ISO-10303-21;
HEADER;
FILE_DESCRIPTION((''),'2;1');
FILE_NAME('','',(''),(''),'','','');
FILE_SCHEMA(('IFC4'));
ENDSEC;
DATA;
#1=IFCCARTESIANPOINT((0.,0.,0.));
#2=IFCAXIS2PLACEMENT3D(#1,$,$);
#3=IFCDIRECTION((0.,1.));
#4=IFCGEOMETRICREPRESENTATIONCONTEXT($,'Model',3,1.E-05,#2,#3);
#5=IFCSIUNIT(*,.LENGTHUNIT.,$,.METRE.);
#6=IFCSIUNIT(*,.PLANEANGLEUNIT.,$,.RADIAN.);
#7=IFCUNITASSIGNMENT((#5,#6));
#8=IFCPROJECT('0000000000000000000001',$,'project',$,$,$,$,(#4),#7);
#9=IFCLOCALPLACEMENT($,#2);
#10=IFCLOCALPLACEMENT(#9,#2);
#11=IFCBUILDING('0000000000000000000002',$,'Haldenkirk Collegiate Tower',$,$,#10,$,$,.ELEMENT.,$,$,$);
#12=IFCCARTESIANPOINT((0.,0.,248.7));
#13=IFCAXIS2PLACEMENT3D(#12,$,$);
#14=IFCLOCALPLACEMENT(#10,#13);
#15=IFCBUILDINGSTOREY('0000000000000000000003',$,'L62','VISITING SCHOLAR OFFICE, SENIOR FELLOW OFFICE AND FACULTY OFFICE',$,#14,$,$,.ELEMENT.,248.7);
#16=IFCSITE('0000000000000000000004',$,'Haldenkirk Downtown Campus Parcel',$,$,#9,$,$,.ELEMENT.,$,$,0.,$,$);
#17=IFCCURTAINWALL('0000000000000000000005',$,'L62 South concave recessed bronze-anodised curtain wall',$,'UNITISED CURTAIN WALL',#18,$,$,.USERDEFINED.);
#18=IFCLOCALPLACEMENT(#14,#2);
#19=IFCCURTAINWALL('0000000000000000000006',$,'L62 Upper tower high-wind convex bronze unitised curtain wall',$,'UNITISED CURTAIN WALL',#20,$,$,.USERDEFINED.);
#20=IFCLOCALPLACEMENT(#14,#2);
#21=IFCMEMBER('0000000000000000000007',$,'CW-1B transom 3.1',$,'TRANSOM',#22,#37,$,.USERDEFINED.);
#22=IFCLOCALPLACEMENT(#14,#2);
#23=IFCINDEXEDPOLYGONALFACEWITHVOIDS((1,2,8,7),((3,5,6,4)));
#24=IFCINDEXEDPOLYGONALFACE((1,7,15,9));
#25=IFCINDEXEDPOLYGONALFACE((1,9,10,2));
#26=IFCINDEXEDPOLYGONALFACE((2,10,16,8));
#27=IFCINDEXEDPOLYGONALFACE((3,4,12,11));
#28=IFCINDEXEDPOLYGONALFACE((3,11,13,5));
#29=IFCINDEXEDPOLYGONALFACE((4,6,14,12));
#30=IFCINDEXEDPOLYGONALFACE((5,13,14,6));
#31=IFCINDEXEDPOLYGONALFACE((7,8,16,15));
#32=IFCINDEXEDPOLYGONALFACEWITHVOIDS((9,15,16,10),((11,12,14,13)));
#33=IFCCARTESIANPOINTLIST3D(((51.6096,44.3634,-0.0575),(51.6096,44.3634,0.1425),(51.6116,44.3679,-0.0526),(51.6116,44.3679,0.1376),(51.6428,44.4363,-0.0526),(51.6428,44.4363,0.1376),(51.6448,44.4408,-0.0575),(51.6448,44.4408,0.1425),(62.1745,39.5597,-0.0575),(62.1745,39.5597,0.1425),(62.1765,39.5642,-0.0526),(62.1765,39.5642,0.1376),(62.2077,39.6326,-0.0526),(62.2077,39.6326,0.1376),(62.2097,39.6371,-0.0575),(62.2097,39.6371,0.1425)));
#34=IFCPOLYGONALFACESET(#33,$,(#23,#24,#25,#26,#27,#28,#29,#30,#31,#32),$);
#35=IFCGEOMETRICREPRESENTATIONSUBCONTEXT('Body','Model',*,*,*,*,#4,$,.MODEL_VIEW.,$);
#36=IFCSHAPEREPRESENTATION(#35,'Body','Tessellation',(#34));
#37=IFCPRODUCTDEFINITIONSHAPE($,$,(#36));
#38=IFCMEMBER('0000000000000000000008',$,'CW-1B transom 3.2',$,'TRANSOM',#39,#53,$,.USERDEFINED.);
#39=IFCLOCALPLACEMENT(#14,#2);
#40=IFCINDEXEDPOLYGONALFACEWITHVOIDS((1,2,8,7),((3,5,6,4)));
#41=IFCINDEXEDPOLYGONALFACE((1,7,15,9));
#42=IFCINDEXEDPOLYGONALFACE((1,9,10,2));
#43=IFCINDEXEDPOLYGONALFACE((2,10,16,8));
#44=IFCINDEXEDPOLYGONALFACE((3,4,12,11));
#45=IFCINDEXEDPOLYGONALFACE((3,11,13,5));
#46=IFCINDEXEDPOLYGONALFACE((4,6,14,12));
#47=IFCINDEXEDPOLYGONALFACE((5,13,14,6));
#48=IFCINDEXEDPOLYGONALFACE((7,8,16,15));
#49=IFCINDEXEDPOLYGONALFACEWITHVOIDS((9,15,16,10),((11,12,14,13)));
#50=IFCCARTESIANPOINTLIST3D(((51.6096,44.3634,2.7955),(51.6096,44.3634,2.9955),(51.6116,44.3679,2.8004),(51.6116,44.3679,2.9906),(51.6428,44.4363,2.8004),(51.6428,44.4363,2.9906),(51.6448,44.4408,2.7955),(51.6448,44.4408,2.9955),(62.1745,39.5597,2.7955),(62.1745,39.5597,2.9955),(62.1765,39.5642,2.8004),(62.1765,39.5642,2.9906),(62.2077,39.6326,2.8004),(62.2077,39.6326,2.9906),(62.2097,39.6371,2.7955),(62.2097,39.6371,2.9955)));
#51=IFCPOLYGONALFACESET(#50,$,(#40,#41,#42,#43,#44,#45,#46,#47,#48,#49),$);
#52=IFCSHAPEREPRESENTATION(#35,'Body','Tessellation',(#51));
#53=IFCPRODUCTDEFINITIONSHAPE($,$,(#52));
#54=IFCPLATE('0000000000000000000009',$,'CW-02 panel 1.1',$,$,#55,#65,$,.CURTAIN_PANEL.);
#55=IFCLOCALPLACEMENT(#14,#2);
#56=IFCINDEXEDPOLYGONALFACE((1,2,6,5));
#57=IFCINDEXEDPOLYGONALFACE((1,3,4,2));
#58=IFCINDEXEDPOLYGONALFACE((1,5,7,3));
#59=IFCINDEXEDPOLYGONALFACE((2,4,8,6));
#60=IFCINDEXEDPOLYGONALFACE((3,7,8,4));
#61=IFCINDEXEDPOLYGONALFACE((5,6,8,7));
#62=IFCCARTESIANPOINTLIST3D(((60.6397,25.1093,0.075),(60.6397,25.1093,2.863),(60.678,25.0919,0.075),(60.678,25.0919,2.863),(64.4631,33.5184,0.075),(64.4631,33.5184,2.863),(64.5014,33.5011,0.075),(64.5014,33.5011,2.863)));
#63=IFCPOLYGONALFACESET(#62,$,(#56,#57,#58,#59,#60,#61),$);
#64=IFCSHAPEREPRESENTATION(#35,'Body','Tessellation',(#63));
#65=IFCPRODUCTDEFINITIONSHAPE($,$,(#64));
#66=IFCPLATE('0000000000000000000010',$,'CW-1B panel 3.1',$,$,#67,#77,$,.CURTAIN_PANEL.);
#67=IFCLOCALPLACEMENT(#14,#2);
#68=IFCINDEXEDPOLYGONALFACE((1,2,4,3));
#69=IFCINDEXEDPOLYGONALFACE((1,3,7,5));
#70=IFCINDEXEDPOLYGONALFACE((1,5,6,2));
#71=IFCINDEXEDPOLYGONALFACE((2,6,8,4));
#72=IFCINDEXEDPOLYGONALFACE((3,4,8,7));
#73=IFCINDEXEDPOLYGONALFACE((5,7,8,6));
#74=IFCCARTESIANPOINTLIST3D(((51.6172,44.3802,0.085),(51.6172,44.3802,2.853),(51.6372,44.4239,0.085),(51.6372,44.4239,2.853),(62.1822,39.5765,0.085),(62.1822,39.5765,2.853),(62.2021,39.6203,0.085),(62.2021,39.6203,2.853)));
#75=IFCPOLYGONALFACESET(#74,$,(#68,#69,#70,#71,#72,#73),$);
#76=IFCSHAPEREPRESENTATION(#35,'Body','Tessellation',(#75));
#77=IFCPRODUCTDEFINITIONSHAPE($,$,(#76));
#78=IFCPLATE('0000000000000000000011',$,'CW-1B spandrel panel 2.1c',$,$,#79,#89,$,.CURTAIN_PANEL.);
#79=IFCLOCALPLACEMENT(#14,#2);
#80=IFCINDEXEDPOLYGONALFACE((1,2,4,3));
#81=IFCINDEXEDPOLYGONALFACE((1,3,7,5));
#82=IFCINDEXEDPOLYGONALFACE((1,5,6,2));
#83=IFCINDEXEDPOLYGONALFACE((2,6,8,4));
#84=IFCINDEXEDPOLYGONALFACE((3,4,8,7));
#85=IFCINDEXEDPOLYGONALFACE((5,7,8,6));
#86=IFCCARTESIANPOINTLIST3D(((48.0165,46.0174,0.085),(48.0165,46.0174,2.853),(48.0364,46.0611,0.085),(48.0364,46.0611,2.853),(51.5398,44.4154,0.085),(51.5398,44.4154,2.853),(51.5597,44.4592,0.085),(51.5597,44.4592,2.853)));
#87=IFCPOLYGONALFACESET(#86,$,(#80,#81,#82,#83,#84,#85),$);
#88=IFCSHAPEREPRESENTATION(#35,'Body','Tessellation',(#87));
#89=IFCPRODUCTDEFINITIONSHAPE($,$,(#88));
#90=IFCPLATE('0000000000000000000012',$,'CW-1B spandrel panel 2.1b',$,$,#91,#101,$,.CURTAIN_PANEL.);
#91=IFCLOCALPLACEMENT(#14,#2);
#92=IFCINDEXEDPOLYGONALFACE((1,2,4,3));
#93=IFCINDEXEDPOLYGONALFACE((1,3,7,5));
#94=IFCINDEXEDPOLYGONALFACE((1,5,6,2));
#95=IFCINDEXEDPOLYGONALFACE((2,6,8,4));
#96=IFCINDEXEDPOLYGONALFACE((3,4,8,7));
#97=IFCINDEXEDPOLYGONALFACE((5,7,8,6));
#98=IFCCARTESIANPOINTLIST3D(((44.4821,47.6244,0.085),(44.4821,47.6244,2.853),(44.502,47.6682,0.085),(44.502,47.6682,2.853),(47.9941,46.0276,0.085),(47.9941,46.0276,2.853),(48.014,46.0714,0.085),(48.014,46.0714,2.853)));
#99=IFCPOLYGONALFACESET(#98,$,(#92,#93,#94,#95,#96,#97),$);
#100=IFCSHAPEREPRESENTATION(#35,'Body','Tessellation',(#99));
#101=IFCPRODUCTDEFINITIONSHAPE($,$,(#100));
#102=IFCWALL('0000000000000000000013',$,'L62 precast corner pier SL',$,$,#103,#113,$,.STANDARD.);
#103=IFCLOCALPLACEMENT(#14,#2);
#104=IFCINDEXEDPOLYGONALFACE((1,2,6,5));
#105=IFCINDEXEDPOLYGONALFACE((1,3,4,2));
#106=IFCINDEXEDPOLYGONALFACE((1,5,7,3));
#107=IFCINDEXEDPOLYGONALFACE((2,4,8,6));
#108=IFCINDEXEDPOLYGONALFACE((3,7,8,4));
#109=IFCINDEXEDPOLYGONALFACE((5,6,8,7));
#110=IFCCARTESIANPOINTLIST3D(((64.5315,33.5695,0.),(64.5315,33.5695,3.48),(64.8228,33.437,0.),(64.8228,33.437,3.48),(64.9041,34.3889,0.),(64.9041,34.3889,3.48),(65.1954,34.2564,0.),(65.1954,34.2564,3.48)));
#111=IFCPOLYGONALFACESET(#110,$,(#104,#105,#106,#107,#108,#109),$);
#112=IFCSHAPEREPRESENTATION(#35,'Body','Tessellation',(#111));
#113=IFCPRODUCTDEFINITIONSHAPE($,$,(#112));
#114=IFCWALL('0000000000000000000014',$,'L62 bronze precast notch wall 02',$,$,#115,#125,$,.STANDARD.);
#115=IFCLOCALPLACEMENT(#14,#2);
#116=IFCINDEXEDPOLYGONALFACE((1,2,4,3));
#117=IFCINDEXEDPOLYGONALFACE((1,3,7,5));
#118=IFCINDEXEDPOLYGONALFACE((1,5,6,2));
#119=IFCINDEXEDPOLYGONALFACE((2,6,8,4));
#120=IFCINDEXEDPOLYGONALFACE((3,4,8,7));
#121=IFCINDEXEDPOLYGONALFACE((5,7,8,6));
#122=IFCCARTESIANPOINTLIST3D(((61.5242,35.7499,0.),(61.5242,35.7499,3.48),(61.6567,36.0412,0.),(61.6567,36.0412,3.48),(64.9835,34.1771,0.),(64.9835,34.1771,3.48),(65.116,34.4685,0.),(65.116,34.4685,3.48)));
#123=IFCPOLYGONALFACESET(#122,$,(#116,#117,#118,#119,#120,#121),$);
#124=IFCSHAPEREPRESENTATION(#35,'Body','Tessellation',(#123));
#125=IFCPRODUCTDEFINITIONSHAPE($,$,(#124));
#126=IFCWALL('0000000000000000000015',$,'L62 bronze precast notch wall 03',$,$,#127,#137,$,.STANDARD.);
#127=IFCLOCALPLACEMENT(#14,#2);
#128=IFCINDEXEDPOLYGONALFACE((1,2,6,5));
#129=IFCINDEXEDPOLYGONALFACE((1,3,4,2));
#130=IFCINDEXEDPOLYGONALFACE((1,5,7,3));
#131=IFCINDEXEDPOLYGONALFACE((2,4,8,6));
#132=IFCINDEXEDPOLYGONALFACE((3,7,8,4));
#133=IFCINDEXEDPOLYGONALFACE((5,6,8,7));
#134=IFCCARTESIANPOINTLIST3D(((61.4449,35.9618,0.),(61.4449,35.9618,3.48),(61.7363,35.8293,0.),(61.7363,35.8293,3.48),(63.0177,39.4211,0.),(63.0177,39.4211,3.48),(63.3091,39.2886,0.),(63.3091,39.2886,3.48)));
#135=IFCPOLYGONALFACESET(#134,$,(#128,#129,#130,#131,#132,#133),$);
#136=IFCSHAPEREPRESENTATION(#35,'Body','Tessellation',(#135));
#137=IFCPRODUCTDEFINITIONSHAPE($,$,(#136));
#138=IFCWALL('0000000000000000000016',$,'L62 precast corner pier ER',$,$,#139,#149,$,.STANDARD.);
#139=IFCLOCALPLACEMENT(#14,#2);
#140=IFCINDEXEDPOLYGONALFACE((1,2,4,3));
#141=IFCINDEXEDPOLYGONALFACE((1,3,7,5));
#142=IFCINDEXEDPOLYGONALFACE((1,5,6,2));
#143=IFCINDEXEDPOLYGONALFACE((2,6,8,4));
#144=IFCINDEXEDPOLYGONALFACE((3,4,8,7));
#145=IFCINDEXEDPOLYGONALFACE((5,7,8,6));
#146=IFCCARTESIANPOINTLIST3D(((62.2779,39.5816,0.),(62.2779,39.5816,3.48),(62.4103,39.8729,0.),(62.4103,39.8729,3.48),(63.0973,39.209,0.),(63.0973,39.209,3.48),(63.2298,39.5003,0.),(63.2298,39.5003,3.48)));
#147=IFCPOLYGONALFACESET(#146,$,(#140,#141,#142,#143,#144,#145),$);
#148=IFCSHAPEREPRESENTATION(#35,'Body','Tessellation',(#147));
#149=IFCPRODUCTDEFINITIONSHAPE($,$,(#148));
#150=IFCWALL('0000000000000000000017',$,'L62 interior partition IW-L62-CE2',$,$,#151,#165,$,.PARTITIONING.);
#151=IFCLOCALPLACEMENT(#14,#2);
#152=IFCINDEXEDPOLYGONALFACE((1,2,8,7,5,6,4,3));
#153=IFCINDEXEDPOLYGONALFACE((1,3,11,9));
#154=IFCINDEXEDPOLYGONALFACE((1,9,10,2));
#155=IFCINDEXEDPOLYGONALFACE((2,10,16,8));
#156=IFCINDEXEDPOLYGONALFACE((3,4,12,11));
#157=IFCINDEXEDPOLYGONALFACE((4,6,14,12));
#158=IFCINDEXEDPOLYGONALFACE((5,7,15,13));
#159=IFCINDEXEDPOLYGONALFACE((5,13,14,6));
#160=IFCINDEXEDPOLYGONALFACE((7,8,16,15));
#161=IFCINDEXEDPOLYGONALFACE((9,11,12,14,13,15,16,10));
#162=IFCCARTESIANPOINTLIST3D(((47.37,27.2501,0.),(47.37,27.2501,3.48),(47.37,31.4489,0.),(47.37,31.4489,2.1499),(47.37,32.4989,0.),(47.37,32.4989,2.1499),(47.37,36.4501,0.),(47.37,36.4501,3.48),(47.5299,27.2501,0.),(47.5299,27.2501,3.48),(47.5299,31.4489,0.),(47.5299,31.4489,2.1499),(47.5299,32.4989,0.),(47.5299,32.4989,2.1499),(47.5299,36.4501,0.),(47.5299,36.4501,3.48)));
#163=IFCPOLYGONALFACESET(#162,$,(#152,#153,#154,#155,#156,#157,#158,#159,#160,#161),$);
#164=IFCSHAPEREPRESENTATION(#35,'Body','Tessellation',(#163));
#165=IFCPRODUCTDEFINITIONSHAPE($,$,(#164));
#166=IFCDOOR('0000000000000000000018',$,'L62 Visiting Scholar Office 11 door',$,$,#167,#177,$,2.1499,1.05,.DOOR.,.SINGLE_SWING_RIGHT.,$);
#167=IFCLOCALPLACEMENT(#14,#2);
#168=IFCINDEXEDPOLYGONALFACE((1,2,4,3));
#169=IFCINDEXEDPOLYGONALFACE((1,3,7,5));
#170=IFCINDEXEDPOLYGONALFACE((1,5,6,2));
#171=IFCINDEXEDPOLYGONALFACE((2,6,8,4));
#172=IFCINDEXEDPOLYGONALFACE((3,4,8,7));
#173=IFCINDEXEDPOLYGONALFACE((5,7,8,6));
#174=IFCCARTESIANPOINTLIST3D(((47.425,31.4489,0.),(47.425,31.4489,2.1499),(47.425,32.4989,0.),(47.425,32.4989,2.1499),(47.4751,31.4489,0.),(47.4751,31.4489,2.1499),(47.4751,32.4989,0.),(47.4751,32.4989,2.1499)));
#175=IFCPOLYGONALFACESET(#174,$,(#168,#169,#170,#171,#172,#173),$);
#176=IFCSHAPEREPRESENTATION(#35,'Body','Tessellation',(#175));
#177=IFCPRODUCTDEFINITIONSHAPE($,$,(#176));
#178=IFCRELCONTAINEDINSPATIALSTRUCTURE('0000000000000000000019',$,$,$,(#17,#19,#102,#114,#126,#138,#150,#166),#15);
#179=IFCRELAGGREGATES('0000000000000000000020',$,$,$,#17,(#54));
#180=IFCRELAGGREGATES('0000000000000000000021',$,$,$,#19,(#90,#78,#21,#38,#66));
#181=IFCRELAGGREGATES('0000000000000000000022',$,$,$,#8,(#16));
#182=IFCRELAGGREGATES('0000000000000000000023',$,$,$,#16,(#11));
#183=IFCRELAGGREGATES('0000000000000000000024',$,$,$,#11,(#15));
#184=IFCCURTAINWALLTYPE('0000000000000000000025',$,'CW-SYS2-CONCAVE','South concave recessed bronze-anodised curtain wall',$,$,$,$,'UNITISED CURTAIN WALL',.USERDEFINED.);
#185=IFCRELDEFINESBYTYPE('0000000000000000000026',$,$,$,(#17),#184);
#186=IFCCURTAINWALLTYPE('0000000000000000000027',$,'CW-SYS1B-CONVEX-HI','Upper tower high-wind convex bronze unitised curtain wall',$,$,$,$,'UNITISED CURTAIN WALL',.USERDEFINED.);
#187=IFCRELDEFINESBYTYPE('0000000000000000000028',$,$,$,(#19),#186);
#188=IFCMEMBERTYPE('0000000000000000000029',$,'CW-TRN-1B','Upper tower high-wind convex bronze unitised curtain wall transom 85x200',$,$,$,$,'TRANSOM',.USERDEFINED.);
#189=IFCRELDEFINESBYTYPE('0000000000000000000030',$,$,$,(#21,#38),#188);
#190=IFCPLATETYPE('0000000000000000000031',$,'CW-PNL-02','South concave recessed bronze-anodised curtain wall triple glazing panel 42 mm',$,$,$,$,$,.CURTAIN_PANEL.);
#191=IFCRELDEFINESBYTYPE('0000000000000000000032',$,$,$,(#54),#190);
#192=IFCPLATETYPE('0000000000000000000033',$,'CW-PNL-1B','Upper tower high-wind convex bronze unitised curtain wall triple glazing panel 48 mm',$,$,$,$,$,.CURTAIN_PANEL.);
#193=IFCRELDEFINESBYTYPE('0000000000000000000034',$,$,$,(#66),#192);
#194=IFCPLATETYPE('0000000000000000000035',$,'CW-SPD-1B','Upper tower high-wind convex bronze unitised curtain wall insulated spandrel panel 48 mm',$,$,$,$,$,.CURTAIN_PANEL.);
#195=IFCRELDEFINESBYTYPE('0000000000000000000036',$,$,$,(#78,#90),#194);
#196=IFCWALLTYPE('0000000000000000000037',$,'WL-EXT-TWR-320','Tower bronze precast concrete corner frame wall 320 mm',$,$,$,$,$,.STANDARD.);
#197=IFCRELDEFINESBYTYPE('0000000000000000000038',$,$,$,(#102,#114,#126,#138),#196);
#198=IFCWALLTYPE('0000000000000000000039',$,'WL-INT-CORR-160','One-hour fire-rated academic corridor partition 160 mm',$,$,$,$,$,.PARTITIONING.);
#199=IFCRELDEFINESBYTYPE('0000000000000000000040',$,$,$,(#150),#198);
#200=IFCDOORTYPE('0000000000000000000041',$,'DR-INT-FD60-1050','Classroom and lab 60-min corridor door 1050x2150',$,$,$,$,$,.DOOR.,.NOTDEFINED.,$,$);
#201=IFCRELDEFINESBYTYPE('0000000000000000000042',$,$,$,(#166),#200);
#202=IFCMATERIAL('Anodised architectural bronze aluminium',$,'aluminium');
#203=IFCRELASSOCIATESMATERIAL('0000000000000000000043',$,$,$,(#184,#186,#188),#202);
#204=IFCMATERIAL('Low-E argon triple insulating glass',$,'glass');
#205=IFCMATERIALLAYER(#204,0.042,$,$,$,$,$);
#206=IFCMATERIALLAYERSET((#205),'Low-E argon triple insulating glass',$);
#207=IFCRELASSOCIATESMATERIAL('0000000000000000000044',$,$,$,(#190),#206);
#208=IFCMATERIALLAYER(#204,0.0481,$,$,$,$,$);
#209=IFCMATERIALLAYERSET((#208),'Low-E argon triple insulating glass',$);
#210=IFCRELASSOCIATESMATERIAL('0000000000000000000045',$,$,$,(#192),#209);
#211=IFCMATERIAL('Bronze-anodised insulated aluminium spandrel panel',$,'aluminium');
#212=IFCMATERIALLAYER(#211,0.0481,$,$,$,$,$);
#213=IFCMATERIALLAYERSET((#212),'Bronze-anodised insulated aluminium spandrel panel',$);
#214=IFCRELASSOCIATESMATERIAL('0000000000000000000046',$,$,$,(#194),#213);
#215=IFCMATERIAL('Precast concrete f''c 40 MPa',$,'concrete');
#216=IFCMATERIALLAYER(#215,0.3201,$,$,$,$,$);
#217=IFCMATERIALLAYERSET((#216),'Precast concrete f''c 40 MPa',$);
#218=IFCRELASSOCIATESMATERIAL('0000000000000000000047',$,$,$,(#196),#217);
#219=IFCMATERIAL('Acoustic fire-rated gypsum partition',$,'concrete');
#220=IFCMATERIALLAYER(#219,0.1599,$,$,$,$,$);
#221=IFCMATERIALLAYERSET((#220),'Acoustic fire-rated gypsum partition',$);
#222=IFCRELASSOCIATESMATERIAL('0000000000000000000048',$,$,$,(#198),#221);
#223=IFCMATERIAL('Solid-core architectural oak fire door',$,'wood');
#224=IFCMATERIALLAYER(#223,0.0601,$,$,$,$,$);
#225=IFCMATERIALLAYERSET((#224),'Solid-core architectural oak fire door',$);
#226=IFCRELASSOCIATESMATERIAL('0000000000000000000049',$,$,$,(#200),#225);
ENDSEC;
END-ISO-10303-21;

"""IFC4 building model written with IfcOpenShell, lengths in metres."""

from ifc_helpers import new_model, si_unit, direction, frame, frame_2d, origin, origin_2d, place, context, subcontext, project, spatial, rectangle, hollow_rectangle, extrude, source, transform, mapped, material, layer, layer_set, material_profile, profile_set, type_object, element, fill, aggregate, save


model = new_model("IFC4")

# Units and contexts
model_context = context("Model", 3, precision=1e-05, world=origin(), true_north=direction((0.0, 1.0)))
body_context = subcontext(model_context, "Body", "Model", "MODEL_VIEW")
ifc_project = project(units=[si_unit("LENGTHUNIT", "METRE"), si_unit("PLANEANGLEUNIT", "RADIAN")], contexts=[model_context])

# Site, building, storey
site_placement = place(None, origin())
site = spatial("IfcSite", under=ifc_project, at=site_placement, Name="Haldenkirk Downtown Campus Parcel", CompositionType="ELEMENT", RefElevation=0.0)
building_placement = place(site_placement, origin())
building = spatial("IfcBuilding", under=site, at=building_placement, Name="Haldenkirk Collegiate Tower", CompositionType="ELEMENT")
storey_placement = place(building_placement, frame((0.0, 0.0, 248.7)))
storey = spatial("IfcBuildingStorey", under=building, at=storey_placement, Name="L62", Description="VISITING SCHOLAR OFFICE, SENIOR FELLOW OFFICE AND FACULTY OFFICE", CompositionType="ELEMENT", Elevation=248.7)

# Curtain walls
ifc_material_1 = material(Name="Anodised architectural bronze aluminium", Category="aluminium")
curtain_wall_type_1 = type_object("IfcCurtainWallType", Name="CW-SYS2-CONCAVE", Description="South concave recessed bronze-anodised curtain wall", ElementType="UNITISED CURTAIN WALL", PredefinedType="USERDEFINED", material=ifc_material_1)
curtain_wall_1_placement = place(storey_placement, origin())
curtain_wall_1 = element("IfcCurtainWall", 1, at=curtain_wall_1_placement, inside=storey, type_object=curtain_wall_type_1, Name="L62 South concave recessed bronze-anodised curtain wall", ObjectType="UNITISED CURTAIN WALL", PredefinedType="USERDEFINED")
curtain_wall_type_2 = type_object("IfcCurtainWallType", Name="CW-SYS1B-CONVEX-HI", Description="Upper tower high-wind convex bronze unitised curtain wall", ElementType="UNITISED CURTAIN WALL", PredefinedType="USERDEFINED", material=ifc_material_1)
curtain_wall_2_placement = place(storey_placement, origin())
curtain_wall_2 = element("IfcCurtainWall", 2, at=curtain_wall_2_placement, inside=storey, type_object=curtain_wall_type_2, Name="L62 Upper tower high-wind convex bronze unitised curtain wall", ObjectType="UNITISED CURTAIN WALL", PredefinedType="USERDEFINED")

# Members
ifc_material_profile_1 = material_profile(ifc_material_1, hollow_rectangle(XDim=0.085, YDim=0.2, WallThickness=0.0049, at=origin_2d()), Name="CW-TRN-1B")
ifc_profile_set_1 = profile_set([ifc_material_profile_1], Name="Anodised architectural bronze aluminium")
member_type_1 = type_object("IfcMemberType", Name="CW-TRN-1B", Description="Upper tower high-wind convex bronze unitised curtain wall transom 85x200", ElementType="TRANSOM", PredefinedType="USERDEFINED", material=ifc_profile_set_1)
member_1_placement = place(storey_placement, frame((51.6272, 44.4021, 0.0425), z_axis=(0.910319, -0.413908, 0.0), x_axis=(0.413908, 0.910319, 0.0)))
member_1 = element("IfcMember", 3, at=member_1_placement, type_object=member_type_1, Name="CW-1B transom 3.1", ObjectType="TRANSOM", PredefinedType="USERDEFINED", context=body_context, shape_type="SweptSolid", body=[
    extrude(hollow_rectangle(XDim=0.085, YDim=0.2, WallThickness=0.0049, at=origin_2d()), origin(), (0.0, 0.0, 1.0), 11.6057),
])
member_2_placement = place(storey_placement, frame((51.6272, 44.4021, 2.8955), z_axis=(0.910319, -0.413908, 0.0), x_axis=(0.413908, 0.910319, 0.0)))
member_2 = element("IfcMember", 4, at=member_2_placement, type_object=member_type_1, Name="CW-1B transom 3.2", ObjectType="TRANSOM", PredefinedType="USERDEFINED", context=body_context, shape_type="SweptSolid", body=[
    extrude(hollow_rectangle(XDim=0.085, YDim=0.2, WallThickness=0.0049, at=origin_2d()), origin(), (0.0, 0.0, 1.0), 11.6057),
])

# Plates
ifc_material_2 = material(Name="Low-E argon triple insulating glass", Category="glass")
ifc_layer_1 = layer(ifc_material_2, 0.042)
ifc_layer_set_1 = layer_set([ifc_layer_1], Name="Low-E argon triple insulating glass")
plate_type_1 = type_object("IfcPlateType", Name="CW-PNL-02", Description="South concave recessed bronze-anodised curtain wall triple glazing panel 42 mm", PredefinedType="CURTAIN_PANEL", material=ifc_layer_set_1)
shared_shape_1 = source(origin(), body_context, "Body", "SweptSolid", [
    extrude(rectangle(XDim=9.2375, YDim=0.042, at=origin_2d()), origin(), (0.0, 0.0, 1.0), 2.7881),
])
plate_1_placement = place(storey_placement, frame((62.5706, 29.3052, 0.075), z_axis=(0.0, 0.0, 1.0), x_axis=(-0.413898, -0.910323, 0.0)))
plate_1 = element("IfcPlate", 5, at=plate_1_placement, type_object=plate_type_1, Name="CW-02 panel 1.1", PredefinedType="CURTAIN_PANEL", context=body_context, shape_type="MappedRepresentation", body=[
    mapped(shared_shape_1, transform((0.0, 0.0, 0.0), x_axis=(1.0, 0.0, 0.0), y_axis=(0.0, 1.0, 0.0), z_axis=(0.0, 0.0, 1.0), scale=1.0)),
])
aggregate(curtain_wall_1, [plate_1])
ifc_layer_2 = layer(ifc_material_2, 0.0481)
ifc_layer_set_2 = layer_set([ifc_layer_2], Name="Low-E argon triple insulating glass")
plate_type_2 = type_object("IfcPlateType", Name="CW-PNL-1B", Description="Upper tower high-wind convex bronze unitised curtain wall triple glazing panel 48 mm", PredefinedType="CURTAIN_PANEL", material=ifc_layer_set_2)
shared_shape_2 = source(origin(), body_context, "Body", "SweptSolid", [
    extrude(rectangle(XDim=11.6057, YDim=0.0481, at=origin_2d()), origin(), (0.0, 0.0, 1.0), 2.7681),
])
plate_2_placement = place(storey_placement, frame((56.9097, 42.0002, 0.085), z_axis=(0.0, 0.0, 1.0), x_axis=(0.910322, -0.413901, 0.0)))
plate_2 = element("IfcPlate", 6, at=plate_2_placement, type_object=plate_type_2, Name="CW-1B panel 3.1", PredefinedType="CURTAIN_PANEL", context=body_context, shape_type="MappedRepresentation", body=[
    mapped(shared_shape_2, transform((0.0, 0.0, 0.0), x_axis=(1.0, 0.0, 0.0), y_axis=(0.0, 1.0, 0.0), z_axis=(0.0, 0.0, 1.0), scale=1.0)),
])
ifc_material_3 = material(Name="Bronze-anodised insulated aluminium spandrel panel", Category="aluminium")
ifc_layer_3 = layer(ifc_material_3, 0.0481)
ifc_layer_set_3 = layer_set([ifc_layer_3], Name="Bronze-anodised insulated aluminium spandrel panel")
plate_type_3 = type_object("IfcPlateType", Name="CW-SPD-1B", Description="Upper tower high-wind convex bronze unitised curtain wall insulated spandrel panel 48 mm", PredefinedType="CURTAIN_PANEL", material=ifc_layer_set_3)
shared_shape_3 = source(origin(), body_context, "Body", "SweptSolid", [
    extrude(rectangle(XDim=3.8704, YDim=0.0481, at=origin_2d()), origin(), (0.0, 0.0, 1.0), 2.7681),
])
plate_3_placement = place(storey_placement, frame((49.7881, 45.2383, 0.085), z_axis=(0.0, 0.0, 1.0), x_axis=(0.910322, -0.413901, 0.0)))
plate_3 = element("IfcPlate", 7, at=plate_3_placement, type_object=plate_type_3, Name="CW-1B spandrel panel 2.1c", PredefinedType="CURTAIN_PANEL", context=body_context, shape_type="MappedRepresentation", body=[
    mapped(shared_shape_3, transform((0.0, 0.0, 0.0), x_axis=(1.0, 0.0, 0.0), y_axis=(0.0, 1.0, 0.0), z_axis=(0.0, 0.0, 1.0), scale=1.0)),
])
shared_shape_4 = source(origin(), body_context, "Body", "SweptSolid", [
    extrude(rectangle(XDim=3.8579, YDim=0.0481, at=origin_2d()), origin(), (0.0, 0.0, 1.0), 2.7681),
])
plate_4_placement = place(storey_placement, frame((46.248, 46.8479, 0.085), z_axis=(0.0, 0.0, 1.0), x_axis=(0.910322, -0.413901, 0.0)))
plate_4 = element("IfcPlate", 8, at=plate_4_placement, type_object=plate_type_3, Name="CW-1B spandrel panel 2.1b", PredefinedType="CURTAIN_PANEL", context=body_context, shape_type="MappedRepresentation", body=[
    mapped(shared_shape_4, transform((0.0, 0.0, 0.0), x_axis=(1.0, 0.0, 0.0), y_axis=(0.0, 1.0, 0.0), z_axis=(0.0, 0.0, 1.0), scale=1.0)),
])
aggregate(curtain_wall_2, [plate_4, plate_3, member_1, member_2, plate_2])

# Walls
ifc_material_4 = material(Name="Precast concrete f'c 40 MPa", Category="concrete")
ifc_layer_4 = layer(ifc_material_4, 0.3201)
ifc_layer_set_4 = layer_set([ifc_layer_4], Name="Precast concrete f'c 40 MPa")
wall_type_1 = type_object("IfcWallType", Name="WL-EXT-TWR-320", Description="Tower bronze precast concrete corner frame wall 320 mm", PredefinedType="STANDARD", material=ifc_layer_set_4)
wall_1_placement = place(storey_placement, frame((65.0498, 34.3228, 0.0), z_axis=(0.0, 0.0, 1.0), x_axis=(-0.413926, -0.910311, 0.0)))
element("IfcWall", 9, at=wall_1_placement, inside=storey, type_object=wall_type_1, Name="L62 precast corner pier SL", PredefinedType="STANDARD", context=body_context, shape_type="SweptSolid", body=[
    extrude(rectangle(XDim=0.9001, YDim=0.3201, at=frame_2d((0.4502, 0.0))), origin(), (0.0, 0.0, 1.0), 3.48),
])
for number, where, z_axis, x_axis, name in (
    (10, (61.5906, 35.8955, 0.0), (0.0, 0.0, 1.0), (0.910329, -0.413885, 0.0), "L62 bronze precast notch wall 02"),
    (11, (63.1633, 39.3547, 0.0), (0.0, 0.0, 1.0), (-0.413885, -0.910329, 0.0), "L62 bronze precast notch wall 03"),
):
    element("IfcWall", number, at=place(storey_placement, frame(where, z_axis=z_axis, x_axis=x_axis)), inside=storey, type_object=wall_type_1, Name=name, PredefinedType="STANDARD", context=body_context, shape_type="SweptSolid", body=[
        extrude(rectangle(XDim=3.8, YDim=0.3201, at=frame_2d((1.8999, 0.0))), origin(), (0.0, 0.0, 1.0), 3.48),
    ])
wall_2_placement = place(storey_placement, frame((62.344, 39.7273, 0.0), z_axis=(0.0, 0.0, 1.0), x_axis=(0.910311, -0.413926, 0.0)))
element("IfcWall", 12, at=wall_2_placement, inside=storey, type_object=wall_type_1, Name="L62 precast corner pier ER", PredefinedType="STANDARD", context=body_context, shape_type="SweptSolid", body=[
    extrude(rectangle(XDim=0.9001, YDim=0.3201, at=frame_2d((0.4502, 0.0))), origin(), (0.0, 0.0, 1.0), 3.48),
])

# Wall, opening, door
ifc_material_5 = material(Name="Acoustic fire-rated gypsum partition", Category="concrete")
ifc_layer_5 = layer(ifc_material_5, 0.1599)
ifc_layer_set_5 = layer_set([ifc_layer_5], Name="Acoustic fire-rated gypsum partition")
wall_type_2 = type_object("IfcWallType", Name="WL-INT-CORR-160", Description="One-hour fire-rated academic corridor partition 160 mm", PredefinedType="PARTITIONING", material=ifc_layer_set_5)
wall_3_placement = place(storey_placement, frame((47.45, 27.25, 0.0), z_axis=(0.0, 0.0, 1.0), x_axis=(0.0, 1.0, 0.0)))
wall_3 = element("IfcWall", 13, at=wall_3_placement, inside=storey, type_object=wall_type_2, Name="L62 interior partition IW-L62-CE2", PredefinedType="PARTITIONING", context=body_context, shape_type="SweptSolid", body=[
    extrude(rectangle(XDim=9.2, YDim=0.1599, at=frame_2d((4.6001, 0.0))), origin(), (0.0, 0.0, 1.0), 3.48),
])
opening_placement = place(wall_3_placement, frame((4.199, 0.0, 0.0)))
opening = element("IfcOpeningElement", 14, at=opening_placement, cuts=wall_3, PredefinedType="OPENING", context=body_context, shape_type="SweptSolid", body=[
    extrude(rectangle(XDim=1.05, YDim=2.1499, at=frame_2d((0.5249, 1.075))), frame((0.0, 0.0898, 0.0), z_axis=(0.0, -1.0, 0.0), x_axis=(1.0, 0.0, 0.0)), (0.0, 0.0, 1.0), 0.1799),
])
ifc_material_6 = material(Name="Solid-core architectural oak fire door", Category="wood")
ifc_layer_6 = layer(ifc_material_6, 0.0601)
ifc_layer_set_6 = layer_set([ifc_layer_6], Name="Solid-core architectural oak fire door")
door_type = type_object("IfcDoorType", Name="DR-INT-FD60-1050", Description="Classroom and lab 60-min corridor door 1050x2150", OperationType="NOTDEFINED", PredefinedType="DOOR", material=ifc_layer_set_6)
door_placement = place(opening_placement, origin())
door = element("IfcDoor", 15, at=door_placement, inside=storey, type_object=door_type, Name="L62 Visiting Scholar Office 11 door", OperationType="SINGLE_SWING_RIGHT", OverallHeight=2.1499, OverallWidth=1.05, PredefinedType="DOOR", context=body_context, shape_type="SweptSolid", body=[
    extrude(rectangle(XDim=1.05, YDim=2.1499, at=frame_2d((0.5249, 1.075))), frame((0.0, 0.0249, 0.0), z_axis=(0.0, -1.0, 0.0), x_axis=(1.0, 0.0, 0.0)), (0.0, 0.0, 1.0), 0.05),
])
fill(opening, door)

save(model, "model.ifc")
